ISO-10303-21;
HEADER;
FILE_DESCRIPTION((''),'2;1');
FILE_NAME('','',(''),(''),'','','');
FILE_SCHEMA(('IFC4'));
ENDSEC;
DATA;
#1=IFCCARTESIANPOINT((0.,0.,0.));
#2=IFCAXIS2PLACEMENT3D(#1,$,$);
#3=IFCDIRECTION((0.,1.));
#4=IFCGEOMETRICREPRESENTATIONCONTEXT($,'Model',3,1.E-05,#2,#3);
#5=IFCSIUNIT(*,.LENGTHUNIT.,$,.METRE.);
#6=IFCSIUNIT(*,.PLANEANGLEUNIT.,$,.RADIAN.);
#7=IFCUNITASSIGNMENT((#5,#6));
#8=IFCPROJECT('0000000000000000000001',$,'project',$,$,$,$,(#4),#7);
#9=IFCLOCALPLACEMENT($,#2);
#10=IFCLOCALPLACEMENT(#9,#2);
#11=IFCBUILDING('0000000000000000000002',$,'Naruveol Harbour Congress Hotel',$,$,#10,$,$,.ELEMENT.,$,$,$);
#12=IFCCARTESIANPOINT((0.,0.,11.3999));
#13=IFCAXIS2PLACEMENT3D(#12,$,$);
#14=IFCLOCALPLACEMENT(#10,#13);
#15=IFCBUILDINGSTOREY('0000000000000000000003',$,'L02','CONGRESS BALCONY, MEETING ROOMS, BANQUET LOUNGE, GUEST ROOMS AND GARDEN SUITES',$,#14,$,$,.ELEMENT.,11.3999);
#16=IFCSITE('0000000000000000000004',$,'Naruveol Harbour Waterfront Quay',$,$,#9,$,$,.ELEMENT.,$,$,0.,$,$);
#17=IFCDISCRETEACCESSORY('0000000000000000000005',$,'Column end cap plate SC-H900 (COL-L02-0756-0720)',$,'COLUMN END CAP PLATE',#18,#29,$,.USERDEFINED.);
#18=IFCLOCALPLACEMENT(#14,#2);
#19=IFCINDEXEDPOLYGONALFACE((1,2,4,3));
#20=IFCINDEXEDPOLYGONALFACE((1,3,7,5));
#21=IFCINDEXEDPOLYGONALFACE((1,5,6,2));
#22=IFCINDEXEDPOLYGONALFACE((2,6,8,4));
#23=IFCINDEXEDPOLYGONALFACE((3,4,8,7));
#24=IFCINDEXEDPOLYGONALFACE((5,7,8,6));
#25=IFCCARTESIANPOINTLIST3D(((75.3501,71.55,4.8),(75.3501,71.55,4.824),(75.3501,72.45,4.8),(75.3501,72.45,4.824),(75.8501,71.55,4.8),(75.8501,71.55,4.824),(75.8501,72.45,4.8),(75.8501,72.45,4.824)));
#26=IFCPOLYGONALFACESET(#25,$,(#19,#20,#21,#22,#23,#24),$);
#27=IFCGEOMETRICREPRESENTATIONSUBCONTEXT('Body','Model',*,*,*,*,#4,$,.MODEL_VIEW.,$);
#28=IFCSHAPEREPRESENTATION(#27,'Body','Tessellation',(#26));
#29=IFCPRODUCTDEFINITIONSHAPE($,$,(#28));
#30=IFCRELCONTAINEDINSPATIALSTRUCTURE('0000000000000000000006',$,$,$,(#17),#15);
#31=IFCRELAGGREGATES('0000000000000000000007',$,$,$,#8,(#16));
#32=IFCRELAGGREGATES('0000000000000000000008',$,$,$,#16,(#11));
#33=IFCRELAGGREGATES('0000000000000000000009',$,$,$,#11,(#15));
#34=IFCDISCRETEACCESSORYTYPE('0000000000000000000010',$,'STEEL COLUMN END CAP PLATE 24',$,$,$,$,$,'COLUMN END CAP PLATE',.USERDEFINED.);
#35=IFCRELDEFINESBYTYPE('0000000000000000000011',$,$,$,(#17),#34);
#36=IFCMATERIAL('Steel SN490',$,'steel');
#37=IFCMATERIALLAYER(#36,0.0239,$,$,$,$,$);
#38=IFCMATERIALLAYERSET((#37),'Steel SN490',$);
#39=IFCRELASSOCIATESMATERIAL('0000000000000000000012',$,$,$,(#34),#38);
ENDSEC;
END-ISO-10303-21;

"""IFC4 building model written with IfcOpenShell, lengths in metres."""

from ifc_helpers import new_model, si_unit, direction, frame, origin, origin_2d, place, context, subcontext, project, spatial, rectangle, extrude, material, layer, layer_set, type_object, element, save


model = new_model("IFC4")

# Units and contexts
model_context = context("Model", 3, precision=1e-05, world=origin(), true_north=direction((0.0, 1.0)))
body_context = subcontext(model_context, "Body", "Model", "MODEL_VIEW")
ifc_project = project(units=[si_unit("LENGTHUNIT", "METRE"), si_unit("PLANEANGLEUNIT", "RADIAN")], contexts=[model_context])

# Site, building, storey
site_placement = place(None, origin())
site = spatial("IfcSite", under=ifc_project, at=site_placement, Name="Naruveol Harbour Waterfront Quay", CompositionType="ELEMENT", RefElevation=0.0)
building_placement = place(site_placement, origin())
building = spatial("IfcBuilding", under=site, at=building_placement, Name="Naruveol Harbour Congress Hotel", CompositionType="ELEMENT")
storey_placement = place(building_placement, frame((0.0, 0.0, 11.3999)))
storey = spatial("IfcBuildingStorey", under=building, at=storey_placement, Name="L02", Description="CONGRESS BALCONY, MEETING ROOMS, BANQUET LOUNGE, GUEST ROOMS AND GARDEN SUITES", CompositionType="ELEMENT", Elevation=11.3999)

# Discrete accessory
ifc_material_1 = material(Name="Steel SN490", Category="steel")
ifc_layer_1 = layer(ifc_material_1, 0.0239)
ifc_layer_set_1 = layer_set([ifc_layer_1], Name="Steel SN490")
discrete_accessory_type = type_object("IfcDiscreteAccessoryType", Name="STEEL COLUMN END CAP PLATE 24", ElementType="COLUMN END CAP PLATE", PredefinedType="USERDEFINED", material=ifc_layer_set_1)
discrete_accessory_placement = place(storey_placement, frame((75.6001, 72.0, 4.8), z_axis=(0.0, 0.0, 1.0), x_axis=(1.0, 0.0, 0.0)))
element("IfcDiscreteAccessory", 1, at=discrete_accessory_placement, inside=storey, type_object=discrete_accessory_type, Name="Column end cap plate SC-H900 (COL-L02-0756-0720)", ObjectType="COLUMN END CAP PLATE", PredefinedType="USERDEFINED", context=body_context, shape_type="SweptSolid", body=[
    extrude(rectangle(XDim=0.5, YDim=0.8999, at=origin_2d()), origin(), (0.0, 0.0, 1.0), 0.0239),
])

save(model, "model.ifc")
